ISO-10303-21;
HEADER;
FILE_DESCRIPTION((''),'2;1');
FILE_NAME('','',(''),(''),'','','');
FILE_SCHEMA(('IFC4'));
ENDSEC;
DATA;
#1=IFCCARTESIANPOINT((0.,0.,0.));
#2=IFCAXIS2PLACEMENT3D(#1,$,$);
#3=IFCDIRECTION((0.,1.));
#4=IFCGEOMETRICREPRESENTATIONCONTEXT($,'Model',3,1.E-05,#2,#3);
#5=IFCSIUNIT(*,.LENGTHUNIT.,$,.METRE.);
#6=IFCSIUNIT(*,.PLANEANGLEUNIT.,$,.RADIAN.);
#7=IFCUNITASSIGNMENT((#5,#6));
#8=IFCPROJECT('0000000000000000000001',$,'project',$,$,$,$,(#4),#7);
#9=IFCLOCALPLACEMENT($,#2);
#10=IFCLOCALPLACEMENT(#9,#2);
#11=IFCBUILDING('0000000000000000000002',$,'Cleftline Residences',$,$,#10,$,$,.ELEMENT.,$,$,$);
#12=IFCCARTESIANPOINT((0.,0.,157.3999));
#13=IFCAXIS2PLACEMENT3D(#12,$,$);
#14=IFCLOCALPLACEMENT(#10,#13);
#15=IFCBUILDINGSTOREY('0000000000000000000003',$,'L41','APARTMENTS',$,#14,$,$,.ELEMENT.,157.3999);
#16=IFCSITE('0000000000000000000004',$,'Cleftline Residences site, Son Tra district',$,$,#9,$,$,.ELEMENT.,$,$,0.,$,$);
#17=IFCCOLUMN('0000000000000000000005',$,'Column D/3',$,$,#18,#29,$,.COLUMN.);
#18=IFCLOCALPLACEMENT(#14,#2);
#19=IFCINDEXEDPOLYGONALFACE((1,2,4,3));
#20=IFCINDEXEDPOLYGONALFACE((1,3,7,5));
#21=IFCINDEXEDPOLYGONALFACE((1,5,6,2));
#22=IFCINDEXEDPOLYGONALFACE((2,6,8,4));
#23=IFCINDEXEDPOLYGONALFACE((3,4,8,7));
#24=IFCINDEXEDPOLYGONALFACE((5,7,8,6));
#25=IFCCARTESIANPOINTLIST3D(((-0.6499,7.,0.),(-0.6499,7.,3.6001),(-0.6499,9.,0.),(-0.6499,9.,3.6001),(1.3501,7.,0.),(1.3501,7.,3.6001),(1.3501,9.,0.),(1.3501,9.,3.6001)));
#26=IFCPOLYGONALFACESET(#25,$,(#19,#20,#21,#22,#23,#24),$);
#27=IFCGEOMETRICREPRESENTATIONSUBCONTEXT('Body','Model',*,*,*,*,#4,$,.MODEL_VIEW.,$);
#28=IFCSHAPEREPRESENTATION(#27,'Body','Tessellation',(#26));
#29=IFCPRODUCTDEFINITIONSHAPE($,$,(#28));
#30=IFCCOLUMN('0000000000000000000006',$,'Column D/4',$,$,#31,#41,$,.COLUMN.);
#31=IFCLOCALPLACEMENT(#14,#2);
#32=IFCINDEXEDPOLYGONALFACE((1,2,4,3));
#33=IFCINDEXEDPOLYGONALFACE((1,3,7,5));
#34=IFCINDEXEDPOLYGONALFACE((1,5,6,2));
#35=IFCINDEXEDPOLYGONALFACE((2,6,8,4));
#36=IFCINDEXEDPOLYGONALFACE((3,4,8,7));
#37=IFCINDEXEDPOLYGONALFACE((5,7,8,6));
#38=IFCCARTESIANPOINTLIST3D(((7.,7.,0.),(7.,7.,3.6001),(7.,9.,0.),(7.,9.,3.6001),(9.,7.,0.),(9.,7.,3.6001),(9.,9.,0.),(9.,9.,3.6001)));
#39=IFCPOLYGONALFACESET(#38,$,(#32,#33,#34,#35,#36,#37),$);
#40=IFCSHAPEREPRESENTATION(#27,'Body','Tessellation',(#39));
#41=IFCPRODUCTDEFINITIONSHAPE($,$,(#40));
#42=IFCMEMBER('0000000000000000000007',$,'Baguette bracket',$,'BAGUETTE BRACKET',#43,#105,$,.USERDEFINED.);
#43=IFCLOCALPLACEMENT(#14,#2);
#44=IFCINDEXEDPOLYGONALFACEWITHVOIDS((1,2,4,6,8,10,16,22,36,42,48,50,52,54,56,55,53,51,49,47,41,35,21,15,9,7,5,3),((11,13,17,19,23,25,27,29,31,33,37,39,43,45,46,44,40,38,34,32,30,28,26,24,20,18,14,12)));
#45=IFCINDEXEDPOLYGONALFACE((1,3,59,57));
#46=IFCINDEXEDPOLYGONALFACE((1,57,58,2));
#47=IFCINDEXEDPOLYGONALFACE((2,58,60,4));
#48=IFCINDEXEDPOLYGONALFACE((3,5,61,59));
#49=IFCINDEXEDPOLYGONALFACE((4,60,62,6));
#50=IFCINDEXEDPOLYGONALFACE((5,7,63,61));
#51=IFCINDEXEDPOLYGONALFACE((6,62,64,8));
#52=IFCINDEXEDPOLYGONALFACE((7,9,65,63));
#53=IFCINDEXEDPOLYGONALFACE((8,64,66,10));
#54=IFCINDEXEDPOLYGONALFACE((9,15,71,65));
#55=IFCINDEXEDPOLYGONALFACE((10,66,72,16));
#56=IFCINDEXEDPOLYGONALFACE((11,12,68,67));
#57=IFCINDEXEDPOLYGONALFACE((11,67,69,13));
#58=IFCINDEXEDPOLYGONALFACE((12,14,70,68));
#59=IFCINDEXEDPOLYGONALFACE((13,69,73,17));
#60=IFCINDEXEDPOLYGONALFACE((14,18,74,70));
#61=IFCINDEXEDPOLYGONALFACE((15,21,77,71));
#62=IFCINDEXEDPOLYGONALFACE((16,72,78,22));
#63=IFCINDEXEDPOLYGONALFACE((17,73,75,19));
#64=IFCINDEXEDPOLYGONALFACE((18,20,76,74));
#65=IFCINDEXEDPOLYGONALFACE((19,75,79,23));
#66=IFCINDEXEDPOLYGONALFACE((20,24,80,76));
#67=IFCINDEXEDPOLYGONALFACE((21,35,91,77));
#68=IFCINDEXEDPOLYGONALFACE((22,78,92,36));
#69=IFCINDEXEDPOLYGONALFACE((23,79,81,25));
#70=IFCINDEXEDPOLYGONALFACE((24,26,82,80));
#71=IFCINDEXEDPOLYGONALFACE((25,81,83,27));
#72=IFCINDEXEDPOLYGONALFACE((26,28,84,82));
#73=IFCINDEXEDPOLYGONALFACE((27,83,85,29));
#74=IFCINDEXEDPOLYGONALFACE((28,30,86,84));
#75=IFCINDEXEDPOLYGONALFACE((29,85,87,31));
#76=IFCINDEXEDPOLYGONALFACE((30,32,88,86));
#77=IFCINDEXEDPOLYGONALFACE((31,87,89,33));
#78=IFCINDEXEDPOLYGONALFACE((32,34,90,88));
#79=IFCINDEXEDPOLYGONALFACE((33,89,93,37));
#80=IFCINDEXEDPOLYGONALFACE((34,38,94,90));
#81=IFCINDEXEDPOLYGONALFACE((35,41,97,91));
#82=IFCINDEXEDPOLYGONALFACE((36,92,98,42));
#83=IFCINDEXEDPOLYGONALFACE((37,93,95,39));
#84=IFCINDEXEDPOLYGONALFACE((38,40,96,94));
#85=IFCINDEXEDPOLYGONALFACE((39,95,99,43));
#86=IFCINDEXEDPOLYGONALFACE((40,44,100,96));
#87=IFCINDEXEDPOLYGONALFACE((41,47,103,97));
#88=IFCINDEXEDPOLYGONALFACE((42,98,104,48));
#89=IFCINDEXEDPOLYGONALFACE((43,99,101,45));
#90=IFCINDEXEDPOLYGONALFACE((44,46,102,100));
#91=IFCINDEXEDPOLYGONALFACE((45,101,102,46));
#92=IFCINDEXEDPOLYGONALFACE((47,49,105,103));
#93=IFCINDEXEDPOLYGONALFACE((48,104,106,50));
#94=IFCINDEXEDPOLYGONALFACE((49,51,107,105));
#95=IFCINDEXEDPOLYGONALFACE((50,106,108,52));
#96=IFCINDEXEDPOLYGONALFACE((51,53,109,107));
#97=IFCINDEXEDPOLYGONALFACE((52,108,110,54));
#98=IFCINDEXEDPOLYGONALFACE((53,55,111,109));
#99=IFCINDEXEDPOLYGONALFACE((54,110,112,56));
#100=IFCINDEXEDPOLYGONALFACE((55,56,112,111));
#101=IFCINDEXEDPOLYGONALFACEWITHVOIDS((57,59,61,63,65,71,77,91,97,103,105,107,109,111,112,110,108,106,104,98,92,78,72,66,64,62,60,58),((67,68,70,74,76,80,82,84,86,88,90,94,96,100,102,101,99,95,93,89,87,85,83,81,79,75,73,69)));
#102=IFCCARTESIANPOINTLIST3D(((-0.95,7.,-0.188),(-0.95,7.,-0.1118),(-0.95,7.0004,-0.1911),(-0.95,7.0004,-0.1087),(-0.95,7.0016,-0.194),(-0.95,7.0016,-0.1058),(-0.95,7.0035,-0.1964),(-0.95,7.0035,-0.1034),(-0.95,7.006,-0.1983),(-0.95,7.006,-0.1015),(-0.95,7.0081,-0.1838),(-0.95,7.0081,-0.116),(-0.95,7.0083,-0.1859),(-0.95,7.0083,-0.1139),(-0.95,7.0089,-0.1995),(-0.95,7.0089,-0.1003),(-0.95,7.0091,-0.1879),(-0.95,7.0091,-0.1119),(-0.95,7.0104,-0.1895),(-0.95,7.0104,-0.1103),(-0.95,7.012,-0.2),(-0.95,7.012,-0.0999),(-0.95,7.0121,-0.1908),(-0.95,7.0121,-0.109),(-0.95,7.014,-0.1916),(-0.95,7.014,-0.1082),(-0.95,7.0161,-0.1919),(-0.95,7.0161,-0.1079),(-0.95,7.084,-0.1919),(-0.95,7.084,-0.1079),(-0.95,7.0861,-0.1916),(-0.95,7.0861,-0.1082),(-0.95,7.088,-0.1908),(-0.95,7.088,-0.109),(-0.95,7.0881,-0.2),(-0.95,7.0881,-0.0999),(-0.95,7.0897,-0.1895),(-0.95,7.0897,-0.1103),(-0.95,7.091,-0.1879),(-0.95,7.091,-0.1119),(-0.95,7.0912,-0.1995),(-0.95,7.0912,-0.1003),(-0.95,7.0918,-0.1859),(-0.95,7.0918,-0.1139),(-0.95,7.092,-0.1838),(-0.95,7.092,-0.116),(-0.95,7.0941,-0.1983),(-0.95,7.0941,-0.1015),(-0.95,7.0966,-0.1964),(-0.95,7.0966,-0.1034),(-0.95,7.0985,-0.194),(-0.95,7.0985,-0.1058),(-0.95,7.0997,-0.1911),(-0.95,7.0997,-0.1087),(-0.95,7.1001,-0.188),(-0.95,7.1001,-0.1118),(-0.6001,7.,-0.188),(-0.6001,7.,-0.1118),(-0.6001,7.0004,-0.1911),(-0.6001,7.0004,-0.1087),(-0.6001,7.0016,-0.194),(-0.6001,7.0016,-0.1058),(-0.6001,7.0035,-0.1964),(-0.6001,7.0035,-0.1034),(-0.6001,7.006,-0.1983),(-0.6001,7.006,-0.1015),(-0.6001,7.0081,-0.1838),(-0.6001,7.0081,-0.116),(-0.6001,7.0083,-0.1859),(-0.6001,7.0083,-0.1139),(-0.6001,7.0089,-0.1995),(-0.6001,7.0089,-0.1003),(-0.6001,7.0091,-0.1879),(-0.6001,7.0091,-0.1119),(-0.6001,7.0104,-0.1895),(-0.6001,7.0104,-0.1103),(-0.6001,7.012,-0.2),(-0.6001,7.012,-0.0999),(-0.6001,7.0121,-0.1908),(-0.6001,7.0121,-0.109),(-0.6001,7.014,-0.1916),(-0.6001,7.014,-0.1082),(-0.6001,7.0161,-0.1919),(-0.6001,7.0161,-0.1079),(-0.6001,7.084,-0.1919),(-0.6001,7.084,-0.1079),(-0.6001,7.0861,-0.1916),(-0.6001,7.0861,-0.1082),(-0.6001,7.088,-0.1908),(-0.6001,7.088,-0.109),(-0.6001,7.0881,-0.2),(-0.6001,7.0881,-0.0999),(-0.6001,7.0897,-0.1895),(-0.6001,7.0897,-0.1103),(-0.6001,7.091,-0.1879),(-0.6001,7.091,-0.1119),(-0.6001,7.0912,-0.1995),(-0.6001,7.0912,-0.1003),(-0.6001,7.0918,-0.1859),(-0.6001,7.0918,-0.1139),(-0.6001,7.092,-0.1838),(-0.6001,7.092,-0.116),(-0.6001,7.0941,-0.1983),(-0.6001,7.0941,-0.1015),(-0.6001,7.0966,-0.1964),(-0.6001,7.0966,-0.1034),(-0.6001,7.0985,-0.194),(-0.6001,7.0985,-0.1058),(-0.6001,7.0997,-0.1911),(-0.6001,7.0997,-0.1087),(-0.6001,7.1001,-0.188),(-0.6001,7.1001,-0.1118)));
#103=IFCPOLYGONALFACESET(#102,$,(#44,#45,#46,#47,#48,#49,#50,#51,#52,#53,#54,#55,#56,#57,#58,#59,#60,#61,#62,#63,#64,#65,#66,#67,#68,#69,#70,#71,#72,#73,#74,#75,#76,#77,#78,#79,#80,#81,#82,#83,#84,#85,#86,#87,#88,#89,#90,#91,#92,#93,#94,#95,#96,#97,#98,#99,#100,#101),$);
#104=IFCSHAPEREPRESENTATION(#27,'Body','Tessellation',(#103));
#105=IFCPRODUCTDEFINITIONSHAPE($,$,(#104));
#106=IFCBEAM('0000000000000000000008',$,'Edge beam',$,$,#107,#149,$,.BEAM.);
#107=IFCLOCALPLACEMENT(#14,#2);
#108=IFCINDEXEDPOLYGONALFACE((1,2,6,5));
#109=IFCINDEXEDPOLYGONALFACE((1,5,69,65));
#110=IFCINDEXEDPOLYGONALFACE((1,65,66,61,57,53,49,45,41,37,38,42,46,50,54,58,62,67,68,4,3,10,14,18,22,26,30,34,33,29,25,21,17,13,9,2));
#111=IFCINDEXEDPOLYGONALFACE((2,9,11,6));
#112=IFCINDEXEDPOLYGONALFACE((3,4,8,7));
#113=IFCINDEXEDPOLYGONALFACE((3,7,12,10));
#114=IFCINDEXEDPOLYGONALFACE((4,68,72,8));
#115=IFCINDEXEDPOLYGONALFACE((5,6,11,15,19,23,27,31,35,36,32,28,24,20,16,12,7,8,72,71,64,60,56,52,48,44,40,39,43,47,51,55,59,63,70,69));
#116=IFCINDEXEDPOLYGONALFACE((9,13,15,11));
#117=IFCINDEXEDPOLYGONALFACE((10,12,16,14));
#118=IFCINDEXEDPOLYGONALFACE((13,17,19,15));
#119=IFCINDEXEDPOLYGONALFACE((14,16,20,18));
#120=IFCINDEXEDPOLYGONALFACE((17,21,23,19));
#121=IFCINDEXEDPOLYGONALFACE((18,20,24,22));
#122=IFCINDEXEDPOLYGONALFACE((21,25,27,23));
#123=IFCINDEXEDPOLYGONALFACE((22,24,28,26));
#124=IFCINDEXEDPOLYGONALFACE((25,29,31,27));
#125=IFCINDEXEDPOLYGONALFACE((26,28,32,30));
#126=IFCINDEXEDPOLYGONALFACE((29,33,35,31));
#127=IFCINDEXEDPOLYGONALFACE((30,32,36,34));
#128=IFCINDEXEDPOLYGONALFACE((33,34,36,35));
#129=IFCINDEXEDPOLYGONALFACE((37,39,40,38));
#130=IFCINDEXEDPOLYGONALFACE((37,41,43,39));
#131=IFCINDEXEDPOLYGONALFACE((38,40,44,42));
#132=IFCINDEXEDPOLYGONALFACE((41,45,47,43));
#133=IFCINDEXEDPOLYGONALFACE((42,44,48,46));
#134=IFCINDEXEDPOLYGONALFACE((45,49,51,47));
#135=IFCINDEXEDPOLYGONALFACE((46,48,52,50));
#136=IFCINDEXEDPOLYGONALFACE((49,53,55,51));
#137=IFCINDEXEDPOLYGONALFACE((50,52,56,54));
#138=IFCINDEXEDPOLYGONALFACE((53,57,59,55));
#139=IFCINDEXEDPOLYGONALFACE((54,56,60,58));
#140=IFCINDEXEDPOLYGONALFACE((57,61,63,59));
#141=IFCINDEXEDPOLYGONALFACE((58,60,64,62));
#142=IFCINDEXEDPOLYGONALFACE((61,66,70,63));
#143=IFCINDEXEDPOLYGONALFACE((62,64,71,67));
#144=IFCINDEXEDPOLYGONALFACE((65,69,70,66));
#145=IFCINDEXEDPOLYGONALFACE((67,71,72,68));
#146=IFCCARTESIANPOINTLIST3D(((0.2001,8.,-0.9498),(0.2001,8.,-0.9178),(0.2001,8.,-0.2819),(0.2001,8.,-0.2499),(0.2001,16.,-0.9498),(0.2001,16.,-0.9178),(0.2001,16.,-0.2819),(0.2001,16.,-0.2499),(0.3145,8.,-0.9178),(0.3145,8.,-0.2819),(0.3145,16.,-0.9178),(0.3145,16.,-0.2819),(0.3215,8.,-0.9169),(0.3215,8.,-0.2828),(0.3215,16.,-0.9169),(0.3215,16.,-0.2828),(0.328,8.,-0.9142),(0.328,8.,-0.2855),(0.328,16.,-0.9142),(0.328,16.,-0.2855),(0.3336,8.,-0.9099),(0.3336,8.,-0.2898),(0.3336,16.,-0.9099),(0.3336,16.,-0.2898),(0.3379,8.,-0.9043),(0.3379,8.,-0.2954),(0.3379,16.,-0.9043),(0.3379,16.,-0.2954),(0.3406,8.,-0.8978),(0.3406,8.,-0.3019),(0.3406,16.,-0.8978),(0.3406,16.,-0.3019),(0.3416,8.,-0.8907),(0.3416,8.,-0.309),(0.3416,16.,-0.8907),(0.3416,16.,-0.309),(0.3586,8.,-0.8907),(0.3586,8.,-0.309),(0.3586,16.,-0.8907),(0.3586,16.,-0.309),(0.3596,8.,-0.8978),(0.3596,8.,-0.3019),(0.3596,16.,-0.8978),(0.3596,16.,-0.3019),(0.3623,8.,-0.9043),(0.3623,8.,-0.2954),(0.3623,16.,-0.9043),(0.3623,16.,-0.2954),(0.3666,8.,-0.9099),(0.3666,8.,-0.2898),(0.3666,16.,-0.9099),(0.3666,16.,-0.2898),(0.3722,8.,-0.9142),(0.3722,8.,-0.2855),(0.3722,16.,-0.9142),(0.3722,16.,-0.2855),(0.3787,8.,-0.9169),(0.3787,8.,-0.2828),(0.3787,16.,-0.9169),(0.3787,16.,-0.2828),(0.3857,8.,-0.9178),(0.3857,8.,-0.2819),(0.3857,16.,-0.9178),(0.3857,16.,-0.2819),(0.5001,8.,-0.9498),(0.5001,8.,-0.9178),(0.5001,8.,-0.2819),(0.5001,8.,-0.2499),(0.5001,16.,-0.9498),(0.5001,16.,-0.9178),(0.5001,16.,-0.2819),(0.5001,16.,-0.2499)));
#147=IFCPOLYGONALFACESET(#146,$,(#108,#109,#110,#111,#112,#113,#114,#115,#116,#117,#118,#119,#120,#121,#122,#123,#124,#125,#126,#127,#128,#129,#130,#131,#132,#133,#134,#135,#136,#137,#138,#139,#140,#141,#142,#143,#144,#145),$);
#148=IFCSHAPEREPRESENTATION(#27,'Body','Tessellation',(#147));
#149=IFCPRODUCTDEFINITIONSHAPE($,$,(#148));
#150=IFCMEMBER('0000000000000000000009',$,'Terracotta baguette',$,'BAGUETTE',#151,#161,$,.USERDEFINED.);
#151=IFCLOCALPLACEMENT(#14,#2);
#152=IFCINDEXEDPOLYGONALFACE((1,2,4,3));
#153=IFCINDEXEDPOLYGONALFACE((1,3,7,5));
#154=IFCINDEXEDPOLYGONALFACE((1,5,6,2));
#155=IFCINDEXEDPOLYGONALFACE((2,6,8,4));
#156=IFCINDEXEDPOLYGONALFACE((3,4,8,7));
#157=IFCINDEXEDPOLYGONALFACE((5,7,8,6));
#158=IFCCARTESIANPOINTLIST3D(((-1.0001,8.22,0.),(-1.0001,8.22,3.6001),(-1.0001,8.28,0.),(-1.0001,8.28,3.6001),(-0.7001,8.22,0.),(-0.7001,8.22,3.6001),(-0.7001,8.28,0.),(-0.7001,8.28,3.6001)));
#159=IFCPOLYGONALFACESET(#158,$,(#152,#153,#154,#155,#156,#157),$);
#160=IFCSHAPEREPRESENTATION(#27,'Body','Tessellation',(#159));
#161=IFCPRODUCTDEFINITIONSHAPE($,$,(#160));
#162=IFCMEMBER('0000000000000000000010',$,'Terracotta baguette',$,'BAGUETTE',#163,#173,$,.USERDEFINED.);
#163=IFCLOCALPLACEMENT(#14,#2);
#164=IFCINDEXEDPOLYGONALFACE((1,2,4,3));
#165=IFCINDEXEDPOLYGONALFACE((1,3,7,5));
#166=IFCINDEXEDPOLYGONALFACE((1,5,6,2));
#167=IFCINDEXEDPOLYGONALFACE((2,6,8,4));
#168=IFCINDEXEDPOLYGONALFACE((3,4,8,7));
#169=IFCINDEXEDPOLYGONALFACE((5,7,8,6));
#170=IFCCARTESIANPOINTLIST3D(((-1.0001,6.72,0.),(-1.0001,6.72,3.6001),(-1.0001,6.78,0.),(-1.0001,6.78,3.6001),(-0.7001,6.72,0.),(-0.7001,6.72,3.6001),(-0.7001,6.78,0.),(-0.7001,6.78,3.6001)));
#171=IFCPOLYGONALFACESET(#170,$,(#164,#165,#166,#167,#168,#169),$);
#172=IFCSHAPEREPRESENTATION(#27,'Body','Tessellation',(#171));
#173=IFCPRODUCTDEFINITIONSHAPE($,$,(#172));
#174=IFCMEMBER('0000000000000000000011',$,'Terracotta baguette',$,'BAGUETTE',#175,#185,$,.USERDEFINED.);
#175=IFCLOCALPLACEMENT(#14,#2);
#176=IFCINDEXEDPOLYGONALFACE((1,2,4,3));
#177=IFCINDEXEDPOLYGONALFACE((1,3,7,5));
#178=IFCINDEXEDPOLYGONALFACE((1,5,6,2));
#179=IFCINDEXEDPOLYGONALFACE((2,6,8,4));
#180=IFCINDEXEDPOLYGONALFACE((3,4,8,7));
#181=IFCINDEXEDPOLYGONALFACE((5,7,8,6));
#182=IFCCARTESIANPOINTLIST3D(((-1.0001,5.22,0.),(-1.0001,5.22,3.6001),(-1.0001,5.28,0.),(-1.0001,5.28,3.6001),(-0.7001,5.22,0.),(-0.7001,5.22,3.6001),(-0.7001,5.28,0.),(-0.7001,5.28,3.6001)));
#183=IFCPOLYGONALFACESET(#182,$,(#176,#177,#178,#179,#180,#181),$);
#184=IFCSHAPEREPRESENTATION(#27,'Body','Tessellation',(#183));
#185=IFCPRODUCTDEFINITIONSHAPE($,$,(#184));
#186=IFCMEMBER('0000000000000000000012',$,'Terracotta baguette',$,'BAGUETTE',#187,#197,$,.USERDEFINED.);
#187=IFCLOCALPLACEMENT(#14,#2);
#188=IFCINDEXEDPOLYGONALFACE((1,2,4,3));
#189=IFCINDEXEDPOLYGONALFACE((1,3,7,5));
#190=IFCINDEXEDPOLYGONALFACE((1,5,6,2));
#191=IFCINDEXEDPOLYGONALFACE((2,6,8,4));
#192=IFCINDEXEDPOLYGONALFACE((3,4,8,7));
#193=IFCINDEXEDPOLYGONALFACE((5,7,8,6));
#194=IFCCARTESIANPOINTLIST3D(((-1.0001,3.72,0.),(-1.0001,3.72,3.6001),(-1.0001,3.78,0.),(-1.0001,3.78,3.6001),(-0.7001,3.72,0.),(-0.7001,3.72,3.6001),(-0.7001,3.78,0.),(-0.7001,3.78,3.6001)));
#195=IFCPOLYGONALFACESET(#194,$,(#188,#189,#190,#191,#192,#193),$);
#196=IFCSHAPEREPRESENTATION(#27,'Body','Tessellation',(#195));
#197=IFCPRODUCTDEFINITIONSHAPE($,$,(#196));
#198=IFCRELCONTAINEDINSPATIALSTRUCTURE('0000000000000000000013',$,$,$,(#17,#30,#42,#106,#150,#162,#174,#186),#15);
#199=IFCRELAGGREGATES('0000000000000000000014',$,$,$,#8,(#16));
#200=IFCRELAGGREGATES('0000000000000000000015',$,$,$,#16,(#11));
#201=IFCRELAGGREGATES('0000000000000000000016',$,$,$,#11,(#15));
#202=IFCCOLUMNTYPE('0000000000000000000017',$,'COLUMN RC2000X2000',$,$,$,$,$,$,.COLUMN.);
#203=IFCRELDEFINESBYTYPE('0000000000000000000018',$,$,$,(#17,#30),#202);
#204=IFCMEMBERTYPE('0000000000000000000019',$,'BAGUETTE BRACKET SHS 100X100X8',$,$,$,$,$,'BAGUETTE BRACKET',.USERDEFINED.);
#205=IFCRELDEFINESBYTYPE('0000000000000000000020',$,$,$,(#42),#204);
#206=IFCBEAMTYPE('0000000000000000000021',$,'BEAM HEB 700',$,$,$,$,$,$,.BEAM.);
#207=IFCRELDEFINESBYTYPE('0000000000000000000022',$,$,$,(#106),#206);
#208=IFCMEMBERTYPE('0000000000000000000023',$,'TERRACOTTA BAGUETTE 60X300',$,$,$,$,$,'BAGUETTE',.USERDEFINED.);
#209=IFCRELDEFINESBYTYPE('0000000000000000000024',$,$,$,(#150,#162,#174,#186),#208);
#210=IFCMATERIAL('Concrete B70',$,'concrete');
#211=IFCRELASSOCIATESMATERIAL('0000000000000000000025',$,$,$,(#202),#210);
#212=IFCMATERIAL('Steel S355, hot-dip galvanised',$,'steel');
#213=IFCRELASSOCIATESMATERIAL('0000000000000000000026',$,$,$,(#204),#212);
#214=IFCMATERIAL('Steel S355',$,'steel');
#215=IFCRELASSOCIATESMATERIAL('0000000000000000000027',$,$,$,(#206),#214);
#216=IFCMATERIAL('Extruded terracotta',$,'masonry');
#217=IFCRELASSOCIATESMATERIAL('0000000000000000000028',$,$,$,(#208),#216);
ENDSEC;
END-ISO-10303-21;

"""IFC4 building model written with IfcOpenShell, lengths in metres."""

from ifc_helpers import new_model, si_unit, direction, frame, origin, origin_2d, place, context, subcontext, project, spatial, rectangle, hollow_rectangle, i_section, extrude, material, material_profile, profile_set, type_object, element, save


model = new_model("IFC4")

# Units and contexts
model_context = context("Model", 3, precision=1e-05, world=origin(), true_north=direction((0.0, 1.0)))
body_context = subcontext(model_context, "Body", "Model", "MODEL_VIEW")
ifc_project = project(units=[si_unit("LENGTHUNIT", "METRE"), si_unit("PLANEANGLEUNIT", "RADIAN")], contexts=[model_context])

# Site, building, storey
site_placement = place(None, origin())
site = spatial("IfcSite", under=ifc_project, at=site_placement, Name="Cleftline Residences site, Son Tra district", CompositionType="ELEMENT", RefElevation=0.0)
building_placement = place(site_placement, origin())
building = spatial("IfcBuilding", under=site, at=building_placement, Name="Cleftline Residences", CompositionType="ELEMENT")
storey_placement = place(building_placement, frame((0.0, 0.0, 157.3999)))
storey = spatial("IfcBuildingStorey", under=building, at=storey_placement, Name="L41", Description="APARTMENTS", CompositionType="ELEMENT", Elevation=157.3999)

# Columns
ifc_material_1 = material(Name="Concrete B70", Category="concrete")
ifc_material_profile_1 = material_profile(ifc_material_1, rectangle(XDim=2.0, YDim=2.0, at=origin_2d()))
ifc_profile_set_1 = profile_set([ifc_material_profile_1], Name="Concrete B70")
column_type = type_object("IfcColumnType", Name="COLUMN RC2000X2000", PredefinedType="COLUMN", material=ifc_profile_set_1)
for number, where, z_axis, x_axis, name in (
    (1, (0.3501, 8.0, 0.0), (0.0, 0.0, 1.0), (1.0, 0.0, 0.0), "Column D/3"),
    (2, (8.0, 8.0, 0.0), (0.0, 0.0, 1.0), (1.0, 0.0, 0.0), "Column D/4"),
):
    element("IfcColumn", number, at=place(storey_placement, frame(where, z_axis=z_axis, x_axis=x_axis)), inside=storey, type_object=column_type, Name=name, PredefinedType="COLUMN", context=body_context, shape_type="SweptSolid", body=[
        extrude(rectangle(XDim=2.0, YDim=2.0, at=origin_2d()), origin(), (0.0, 0.0, 1.0), 3.6001),
    ])

# Member
ifc_material_2 = material(Name="Steel S355, hot-dip galvanised", Category="steel")
ifc_material_profile_2 = material_profile(ifc_material_2, hollow_rectangle(XDim=0.1001, YDim=0.1001, WallThickness=0.0081, InnerFilletRadius=0.0081, OuterFilletRadius=0.012, at=origin_2d()))
ifc_profile_set_2 = profile_set([ifc_material_profile_2], Name="Steel S355, hot-dip galvanised")
member_type_1 = type_object("IfcMemberType", Name="BAGUETTE BRACKET SHS 100X100X8", ElementType="BAGUETTE BRACKET", PredefinedType="USERDEFINED", material=ifc_profile_set_2)
member_placement = place(storey_placement, frame((-0.6001, 7.05, -0.1499), z_axis=(-1.0, 0.0, 0.0), x_axis=(0.0, -1.0, 0.0)))
element("IfcMember", 3, at=member_placement, inside=storey, type_object=member_type_1, Name="Baguette bracket", ObjectType="BAGUETTE BRACKET", PredefinedType="USERDEFINED", context=body_context, shape_type="SweptSolid", body=[
    extrude(hollow_rectangle(XDim=0.1001, YDim=0.1001, WallThickness=0.0081, InnerFilletRadius=0.0081, OuterFilletRadius=0.012, at=origin_2d()), origin(), (0.0, 0.0, 1.0), 0.3499),
])

# Beam
ifc_material_3 = material(Name="Steel S355", Category="steel")
ifc_material_profile_3 = material_profile(ifc_material_3, i_section(OverallWidth=0.3, OverallDepth=0.7, WebThickness=0.0171, FlangeThickness=0.032, FilletRadius=0.0271, at=origin_2d()))
ifc_profile_set_3 = profile_set([ifc_material_profile_3], Name="Steel S355")
beam_type = type_object("IfcBeamType", Name="BEAM HEB 700", PredefinedType="BEAM", material=ifc_profile_set_3)
beam_placement = place(storey_placement, frame((0.3501, 8.0, -0.5999), z_axis=(0.0, 1.0, 0.0), x_axis=(-1.0, 0.0, 0.0)))
element("IfcBeam", 4, at=beam_placement, inside=storey, type_object=beam_type, Name="Edge beam", PredefinedType="BEAM", context=body_context, shape_type="SweptSolid", body=[
    extrude(i_section(OverallWidth=0.3, OverallDepth=0.7, WebThickness=0.0171, FlangeThickness=0.032, FilletRadius=0.0271, at=origin_2d()), origin(), (0.0, 0.0, 1.0), 8.0),
])

# Members
ifc_material_4 = material(Name="Extruded terracotta", Category="masonry")
ifc_material_profile_4 = material_profile(ifc_material_4, rectangle(XDim=0.0601, YDim=0.3, at=origin_2d()))
ifc_profile_set_4 = profile_set([ifc_material_profile_4], Name="Extruded terracotta")
member_type_2 = type_object("IfcMemberType", Name="TERRACOTTA BAGUETTE 60X300", ElementType="BAGUETTE", PredefinedType="USERDEFINED", material=ifc_profile_set_4)
for number, where, z_axis, x_axis, name in (
    (5, (-0.8501, 8.25, 0.0), (0.0, 0.0, 1.0), (0.0, 1.0, 0.0), "Terracotta baguette"),
    (6, (-0.8501, 6.75, 0.0), (0.0, 0.0, 1.0), (0.0, 1.0, 0.0), "Terracotta baguette"),
    (7, (-0.8501, 5.25, 0.0), (0.0, 0.0, 1.0), (0.0, 1.0, 0.0), "Terracotta baguette"),
    (8, (-0.8501, 3.75, 0.0), (0.0, 0.0, 1.0), (0.0, 1.0, 0.0), "Terracotta baguette"),
):
    element("IfcMember", number, at=place(storey_placement, frame(where, z_axis=z_axis, x_axis=x_axis)), inside=storey, type_object=member_type_2, Name=name, ObjectType="BAGUETTE", PredefinedType="USERDEFINED", context=body_context, shape_type="SweptSolid", body=[
        extrude(rectangle(XDim=0.0601, YDim=0.3, at=origin_2d()), origin(), (0.0, 0.0, 1.0), 3.6001),
    ])

save(model, "model.ifc")
